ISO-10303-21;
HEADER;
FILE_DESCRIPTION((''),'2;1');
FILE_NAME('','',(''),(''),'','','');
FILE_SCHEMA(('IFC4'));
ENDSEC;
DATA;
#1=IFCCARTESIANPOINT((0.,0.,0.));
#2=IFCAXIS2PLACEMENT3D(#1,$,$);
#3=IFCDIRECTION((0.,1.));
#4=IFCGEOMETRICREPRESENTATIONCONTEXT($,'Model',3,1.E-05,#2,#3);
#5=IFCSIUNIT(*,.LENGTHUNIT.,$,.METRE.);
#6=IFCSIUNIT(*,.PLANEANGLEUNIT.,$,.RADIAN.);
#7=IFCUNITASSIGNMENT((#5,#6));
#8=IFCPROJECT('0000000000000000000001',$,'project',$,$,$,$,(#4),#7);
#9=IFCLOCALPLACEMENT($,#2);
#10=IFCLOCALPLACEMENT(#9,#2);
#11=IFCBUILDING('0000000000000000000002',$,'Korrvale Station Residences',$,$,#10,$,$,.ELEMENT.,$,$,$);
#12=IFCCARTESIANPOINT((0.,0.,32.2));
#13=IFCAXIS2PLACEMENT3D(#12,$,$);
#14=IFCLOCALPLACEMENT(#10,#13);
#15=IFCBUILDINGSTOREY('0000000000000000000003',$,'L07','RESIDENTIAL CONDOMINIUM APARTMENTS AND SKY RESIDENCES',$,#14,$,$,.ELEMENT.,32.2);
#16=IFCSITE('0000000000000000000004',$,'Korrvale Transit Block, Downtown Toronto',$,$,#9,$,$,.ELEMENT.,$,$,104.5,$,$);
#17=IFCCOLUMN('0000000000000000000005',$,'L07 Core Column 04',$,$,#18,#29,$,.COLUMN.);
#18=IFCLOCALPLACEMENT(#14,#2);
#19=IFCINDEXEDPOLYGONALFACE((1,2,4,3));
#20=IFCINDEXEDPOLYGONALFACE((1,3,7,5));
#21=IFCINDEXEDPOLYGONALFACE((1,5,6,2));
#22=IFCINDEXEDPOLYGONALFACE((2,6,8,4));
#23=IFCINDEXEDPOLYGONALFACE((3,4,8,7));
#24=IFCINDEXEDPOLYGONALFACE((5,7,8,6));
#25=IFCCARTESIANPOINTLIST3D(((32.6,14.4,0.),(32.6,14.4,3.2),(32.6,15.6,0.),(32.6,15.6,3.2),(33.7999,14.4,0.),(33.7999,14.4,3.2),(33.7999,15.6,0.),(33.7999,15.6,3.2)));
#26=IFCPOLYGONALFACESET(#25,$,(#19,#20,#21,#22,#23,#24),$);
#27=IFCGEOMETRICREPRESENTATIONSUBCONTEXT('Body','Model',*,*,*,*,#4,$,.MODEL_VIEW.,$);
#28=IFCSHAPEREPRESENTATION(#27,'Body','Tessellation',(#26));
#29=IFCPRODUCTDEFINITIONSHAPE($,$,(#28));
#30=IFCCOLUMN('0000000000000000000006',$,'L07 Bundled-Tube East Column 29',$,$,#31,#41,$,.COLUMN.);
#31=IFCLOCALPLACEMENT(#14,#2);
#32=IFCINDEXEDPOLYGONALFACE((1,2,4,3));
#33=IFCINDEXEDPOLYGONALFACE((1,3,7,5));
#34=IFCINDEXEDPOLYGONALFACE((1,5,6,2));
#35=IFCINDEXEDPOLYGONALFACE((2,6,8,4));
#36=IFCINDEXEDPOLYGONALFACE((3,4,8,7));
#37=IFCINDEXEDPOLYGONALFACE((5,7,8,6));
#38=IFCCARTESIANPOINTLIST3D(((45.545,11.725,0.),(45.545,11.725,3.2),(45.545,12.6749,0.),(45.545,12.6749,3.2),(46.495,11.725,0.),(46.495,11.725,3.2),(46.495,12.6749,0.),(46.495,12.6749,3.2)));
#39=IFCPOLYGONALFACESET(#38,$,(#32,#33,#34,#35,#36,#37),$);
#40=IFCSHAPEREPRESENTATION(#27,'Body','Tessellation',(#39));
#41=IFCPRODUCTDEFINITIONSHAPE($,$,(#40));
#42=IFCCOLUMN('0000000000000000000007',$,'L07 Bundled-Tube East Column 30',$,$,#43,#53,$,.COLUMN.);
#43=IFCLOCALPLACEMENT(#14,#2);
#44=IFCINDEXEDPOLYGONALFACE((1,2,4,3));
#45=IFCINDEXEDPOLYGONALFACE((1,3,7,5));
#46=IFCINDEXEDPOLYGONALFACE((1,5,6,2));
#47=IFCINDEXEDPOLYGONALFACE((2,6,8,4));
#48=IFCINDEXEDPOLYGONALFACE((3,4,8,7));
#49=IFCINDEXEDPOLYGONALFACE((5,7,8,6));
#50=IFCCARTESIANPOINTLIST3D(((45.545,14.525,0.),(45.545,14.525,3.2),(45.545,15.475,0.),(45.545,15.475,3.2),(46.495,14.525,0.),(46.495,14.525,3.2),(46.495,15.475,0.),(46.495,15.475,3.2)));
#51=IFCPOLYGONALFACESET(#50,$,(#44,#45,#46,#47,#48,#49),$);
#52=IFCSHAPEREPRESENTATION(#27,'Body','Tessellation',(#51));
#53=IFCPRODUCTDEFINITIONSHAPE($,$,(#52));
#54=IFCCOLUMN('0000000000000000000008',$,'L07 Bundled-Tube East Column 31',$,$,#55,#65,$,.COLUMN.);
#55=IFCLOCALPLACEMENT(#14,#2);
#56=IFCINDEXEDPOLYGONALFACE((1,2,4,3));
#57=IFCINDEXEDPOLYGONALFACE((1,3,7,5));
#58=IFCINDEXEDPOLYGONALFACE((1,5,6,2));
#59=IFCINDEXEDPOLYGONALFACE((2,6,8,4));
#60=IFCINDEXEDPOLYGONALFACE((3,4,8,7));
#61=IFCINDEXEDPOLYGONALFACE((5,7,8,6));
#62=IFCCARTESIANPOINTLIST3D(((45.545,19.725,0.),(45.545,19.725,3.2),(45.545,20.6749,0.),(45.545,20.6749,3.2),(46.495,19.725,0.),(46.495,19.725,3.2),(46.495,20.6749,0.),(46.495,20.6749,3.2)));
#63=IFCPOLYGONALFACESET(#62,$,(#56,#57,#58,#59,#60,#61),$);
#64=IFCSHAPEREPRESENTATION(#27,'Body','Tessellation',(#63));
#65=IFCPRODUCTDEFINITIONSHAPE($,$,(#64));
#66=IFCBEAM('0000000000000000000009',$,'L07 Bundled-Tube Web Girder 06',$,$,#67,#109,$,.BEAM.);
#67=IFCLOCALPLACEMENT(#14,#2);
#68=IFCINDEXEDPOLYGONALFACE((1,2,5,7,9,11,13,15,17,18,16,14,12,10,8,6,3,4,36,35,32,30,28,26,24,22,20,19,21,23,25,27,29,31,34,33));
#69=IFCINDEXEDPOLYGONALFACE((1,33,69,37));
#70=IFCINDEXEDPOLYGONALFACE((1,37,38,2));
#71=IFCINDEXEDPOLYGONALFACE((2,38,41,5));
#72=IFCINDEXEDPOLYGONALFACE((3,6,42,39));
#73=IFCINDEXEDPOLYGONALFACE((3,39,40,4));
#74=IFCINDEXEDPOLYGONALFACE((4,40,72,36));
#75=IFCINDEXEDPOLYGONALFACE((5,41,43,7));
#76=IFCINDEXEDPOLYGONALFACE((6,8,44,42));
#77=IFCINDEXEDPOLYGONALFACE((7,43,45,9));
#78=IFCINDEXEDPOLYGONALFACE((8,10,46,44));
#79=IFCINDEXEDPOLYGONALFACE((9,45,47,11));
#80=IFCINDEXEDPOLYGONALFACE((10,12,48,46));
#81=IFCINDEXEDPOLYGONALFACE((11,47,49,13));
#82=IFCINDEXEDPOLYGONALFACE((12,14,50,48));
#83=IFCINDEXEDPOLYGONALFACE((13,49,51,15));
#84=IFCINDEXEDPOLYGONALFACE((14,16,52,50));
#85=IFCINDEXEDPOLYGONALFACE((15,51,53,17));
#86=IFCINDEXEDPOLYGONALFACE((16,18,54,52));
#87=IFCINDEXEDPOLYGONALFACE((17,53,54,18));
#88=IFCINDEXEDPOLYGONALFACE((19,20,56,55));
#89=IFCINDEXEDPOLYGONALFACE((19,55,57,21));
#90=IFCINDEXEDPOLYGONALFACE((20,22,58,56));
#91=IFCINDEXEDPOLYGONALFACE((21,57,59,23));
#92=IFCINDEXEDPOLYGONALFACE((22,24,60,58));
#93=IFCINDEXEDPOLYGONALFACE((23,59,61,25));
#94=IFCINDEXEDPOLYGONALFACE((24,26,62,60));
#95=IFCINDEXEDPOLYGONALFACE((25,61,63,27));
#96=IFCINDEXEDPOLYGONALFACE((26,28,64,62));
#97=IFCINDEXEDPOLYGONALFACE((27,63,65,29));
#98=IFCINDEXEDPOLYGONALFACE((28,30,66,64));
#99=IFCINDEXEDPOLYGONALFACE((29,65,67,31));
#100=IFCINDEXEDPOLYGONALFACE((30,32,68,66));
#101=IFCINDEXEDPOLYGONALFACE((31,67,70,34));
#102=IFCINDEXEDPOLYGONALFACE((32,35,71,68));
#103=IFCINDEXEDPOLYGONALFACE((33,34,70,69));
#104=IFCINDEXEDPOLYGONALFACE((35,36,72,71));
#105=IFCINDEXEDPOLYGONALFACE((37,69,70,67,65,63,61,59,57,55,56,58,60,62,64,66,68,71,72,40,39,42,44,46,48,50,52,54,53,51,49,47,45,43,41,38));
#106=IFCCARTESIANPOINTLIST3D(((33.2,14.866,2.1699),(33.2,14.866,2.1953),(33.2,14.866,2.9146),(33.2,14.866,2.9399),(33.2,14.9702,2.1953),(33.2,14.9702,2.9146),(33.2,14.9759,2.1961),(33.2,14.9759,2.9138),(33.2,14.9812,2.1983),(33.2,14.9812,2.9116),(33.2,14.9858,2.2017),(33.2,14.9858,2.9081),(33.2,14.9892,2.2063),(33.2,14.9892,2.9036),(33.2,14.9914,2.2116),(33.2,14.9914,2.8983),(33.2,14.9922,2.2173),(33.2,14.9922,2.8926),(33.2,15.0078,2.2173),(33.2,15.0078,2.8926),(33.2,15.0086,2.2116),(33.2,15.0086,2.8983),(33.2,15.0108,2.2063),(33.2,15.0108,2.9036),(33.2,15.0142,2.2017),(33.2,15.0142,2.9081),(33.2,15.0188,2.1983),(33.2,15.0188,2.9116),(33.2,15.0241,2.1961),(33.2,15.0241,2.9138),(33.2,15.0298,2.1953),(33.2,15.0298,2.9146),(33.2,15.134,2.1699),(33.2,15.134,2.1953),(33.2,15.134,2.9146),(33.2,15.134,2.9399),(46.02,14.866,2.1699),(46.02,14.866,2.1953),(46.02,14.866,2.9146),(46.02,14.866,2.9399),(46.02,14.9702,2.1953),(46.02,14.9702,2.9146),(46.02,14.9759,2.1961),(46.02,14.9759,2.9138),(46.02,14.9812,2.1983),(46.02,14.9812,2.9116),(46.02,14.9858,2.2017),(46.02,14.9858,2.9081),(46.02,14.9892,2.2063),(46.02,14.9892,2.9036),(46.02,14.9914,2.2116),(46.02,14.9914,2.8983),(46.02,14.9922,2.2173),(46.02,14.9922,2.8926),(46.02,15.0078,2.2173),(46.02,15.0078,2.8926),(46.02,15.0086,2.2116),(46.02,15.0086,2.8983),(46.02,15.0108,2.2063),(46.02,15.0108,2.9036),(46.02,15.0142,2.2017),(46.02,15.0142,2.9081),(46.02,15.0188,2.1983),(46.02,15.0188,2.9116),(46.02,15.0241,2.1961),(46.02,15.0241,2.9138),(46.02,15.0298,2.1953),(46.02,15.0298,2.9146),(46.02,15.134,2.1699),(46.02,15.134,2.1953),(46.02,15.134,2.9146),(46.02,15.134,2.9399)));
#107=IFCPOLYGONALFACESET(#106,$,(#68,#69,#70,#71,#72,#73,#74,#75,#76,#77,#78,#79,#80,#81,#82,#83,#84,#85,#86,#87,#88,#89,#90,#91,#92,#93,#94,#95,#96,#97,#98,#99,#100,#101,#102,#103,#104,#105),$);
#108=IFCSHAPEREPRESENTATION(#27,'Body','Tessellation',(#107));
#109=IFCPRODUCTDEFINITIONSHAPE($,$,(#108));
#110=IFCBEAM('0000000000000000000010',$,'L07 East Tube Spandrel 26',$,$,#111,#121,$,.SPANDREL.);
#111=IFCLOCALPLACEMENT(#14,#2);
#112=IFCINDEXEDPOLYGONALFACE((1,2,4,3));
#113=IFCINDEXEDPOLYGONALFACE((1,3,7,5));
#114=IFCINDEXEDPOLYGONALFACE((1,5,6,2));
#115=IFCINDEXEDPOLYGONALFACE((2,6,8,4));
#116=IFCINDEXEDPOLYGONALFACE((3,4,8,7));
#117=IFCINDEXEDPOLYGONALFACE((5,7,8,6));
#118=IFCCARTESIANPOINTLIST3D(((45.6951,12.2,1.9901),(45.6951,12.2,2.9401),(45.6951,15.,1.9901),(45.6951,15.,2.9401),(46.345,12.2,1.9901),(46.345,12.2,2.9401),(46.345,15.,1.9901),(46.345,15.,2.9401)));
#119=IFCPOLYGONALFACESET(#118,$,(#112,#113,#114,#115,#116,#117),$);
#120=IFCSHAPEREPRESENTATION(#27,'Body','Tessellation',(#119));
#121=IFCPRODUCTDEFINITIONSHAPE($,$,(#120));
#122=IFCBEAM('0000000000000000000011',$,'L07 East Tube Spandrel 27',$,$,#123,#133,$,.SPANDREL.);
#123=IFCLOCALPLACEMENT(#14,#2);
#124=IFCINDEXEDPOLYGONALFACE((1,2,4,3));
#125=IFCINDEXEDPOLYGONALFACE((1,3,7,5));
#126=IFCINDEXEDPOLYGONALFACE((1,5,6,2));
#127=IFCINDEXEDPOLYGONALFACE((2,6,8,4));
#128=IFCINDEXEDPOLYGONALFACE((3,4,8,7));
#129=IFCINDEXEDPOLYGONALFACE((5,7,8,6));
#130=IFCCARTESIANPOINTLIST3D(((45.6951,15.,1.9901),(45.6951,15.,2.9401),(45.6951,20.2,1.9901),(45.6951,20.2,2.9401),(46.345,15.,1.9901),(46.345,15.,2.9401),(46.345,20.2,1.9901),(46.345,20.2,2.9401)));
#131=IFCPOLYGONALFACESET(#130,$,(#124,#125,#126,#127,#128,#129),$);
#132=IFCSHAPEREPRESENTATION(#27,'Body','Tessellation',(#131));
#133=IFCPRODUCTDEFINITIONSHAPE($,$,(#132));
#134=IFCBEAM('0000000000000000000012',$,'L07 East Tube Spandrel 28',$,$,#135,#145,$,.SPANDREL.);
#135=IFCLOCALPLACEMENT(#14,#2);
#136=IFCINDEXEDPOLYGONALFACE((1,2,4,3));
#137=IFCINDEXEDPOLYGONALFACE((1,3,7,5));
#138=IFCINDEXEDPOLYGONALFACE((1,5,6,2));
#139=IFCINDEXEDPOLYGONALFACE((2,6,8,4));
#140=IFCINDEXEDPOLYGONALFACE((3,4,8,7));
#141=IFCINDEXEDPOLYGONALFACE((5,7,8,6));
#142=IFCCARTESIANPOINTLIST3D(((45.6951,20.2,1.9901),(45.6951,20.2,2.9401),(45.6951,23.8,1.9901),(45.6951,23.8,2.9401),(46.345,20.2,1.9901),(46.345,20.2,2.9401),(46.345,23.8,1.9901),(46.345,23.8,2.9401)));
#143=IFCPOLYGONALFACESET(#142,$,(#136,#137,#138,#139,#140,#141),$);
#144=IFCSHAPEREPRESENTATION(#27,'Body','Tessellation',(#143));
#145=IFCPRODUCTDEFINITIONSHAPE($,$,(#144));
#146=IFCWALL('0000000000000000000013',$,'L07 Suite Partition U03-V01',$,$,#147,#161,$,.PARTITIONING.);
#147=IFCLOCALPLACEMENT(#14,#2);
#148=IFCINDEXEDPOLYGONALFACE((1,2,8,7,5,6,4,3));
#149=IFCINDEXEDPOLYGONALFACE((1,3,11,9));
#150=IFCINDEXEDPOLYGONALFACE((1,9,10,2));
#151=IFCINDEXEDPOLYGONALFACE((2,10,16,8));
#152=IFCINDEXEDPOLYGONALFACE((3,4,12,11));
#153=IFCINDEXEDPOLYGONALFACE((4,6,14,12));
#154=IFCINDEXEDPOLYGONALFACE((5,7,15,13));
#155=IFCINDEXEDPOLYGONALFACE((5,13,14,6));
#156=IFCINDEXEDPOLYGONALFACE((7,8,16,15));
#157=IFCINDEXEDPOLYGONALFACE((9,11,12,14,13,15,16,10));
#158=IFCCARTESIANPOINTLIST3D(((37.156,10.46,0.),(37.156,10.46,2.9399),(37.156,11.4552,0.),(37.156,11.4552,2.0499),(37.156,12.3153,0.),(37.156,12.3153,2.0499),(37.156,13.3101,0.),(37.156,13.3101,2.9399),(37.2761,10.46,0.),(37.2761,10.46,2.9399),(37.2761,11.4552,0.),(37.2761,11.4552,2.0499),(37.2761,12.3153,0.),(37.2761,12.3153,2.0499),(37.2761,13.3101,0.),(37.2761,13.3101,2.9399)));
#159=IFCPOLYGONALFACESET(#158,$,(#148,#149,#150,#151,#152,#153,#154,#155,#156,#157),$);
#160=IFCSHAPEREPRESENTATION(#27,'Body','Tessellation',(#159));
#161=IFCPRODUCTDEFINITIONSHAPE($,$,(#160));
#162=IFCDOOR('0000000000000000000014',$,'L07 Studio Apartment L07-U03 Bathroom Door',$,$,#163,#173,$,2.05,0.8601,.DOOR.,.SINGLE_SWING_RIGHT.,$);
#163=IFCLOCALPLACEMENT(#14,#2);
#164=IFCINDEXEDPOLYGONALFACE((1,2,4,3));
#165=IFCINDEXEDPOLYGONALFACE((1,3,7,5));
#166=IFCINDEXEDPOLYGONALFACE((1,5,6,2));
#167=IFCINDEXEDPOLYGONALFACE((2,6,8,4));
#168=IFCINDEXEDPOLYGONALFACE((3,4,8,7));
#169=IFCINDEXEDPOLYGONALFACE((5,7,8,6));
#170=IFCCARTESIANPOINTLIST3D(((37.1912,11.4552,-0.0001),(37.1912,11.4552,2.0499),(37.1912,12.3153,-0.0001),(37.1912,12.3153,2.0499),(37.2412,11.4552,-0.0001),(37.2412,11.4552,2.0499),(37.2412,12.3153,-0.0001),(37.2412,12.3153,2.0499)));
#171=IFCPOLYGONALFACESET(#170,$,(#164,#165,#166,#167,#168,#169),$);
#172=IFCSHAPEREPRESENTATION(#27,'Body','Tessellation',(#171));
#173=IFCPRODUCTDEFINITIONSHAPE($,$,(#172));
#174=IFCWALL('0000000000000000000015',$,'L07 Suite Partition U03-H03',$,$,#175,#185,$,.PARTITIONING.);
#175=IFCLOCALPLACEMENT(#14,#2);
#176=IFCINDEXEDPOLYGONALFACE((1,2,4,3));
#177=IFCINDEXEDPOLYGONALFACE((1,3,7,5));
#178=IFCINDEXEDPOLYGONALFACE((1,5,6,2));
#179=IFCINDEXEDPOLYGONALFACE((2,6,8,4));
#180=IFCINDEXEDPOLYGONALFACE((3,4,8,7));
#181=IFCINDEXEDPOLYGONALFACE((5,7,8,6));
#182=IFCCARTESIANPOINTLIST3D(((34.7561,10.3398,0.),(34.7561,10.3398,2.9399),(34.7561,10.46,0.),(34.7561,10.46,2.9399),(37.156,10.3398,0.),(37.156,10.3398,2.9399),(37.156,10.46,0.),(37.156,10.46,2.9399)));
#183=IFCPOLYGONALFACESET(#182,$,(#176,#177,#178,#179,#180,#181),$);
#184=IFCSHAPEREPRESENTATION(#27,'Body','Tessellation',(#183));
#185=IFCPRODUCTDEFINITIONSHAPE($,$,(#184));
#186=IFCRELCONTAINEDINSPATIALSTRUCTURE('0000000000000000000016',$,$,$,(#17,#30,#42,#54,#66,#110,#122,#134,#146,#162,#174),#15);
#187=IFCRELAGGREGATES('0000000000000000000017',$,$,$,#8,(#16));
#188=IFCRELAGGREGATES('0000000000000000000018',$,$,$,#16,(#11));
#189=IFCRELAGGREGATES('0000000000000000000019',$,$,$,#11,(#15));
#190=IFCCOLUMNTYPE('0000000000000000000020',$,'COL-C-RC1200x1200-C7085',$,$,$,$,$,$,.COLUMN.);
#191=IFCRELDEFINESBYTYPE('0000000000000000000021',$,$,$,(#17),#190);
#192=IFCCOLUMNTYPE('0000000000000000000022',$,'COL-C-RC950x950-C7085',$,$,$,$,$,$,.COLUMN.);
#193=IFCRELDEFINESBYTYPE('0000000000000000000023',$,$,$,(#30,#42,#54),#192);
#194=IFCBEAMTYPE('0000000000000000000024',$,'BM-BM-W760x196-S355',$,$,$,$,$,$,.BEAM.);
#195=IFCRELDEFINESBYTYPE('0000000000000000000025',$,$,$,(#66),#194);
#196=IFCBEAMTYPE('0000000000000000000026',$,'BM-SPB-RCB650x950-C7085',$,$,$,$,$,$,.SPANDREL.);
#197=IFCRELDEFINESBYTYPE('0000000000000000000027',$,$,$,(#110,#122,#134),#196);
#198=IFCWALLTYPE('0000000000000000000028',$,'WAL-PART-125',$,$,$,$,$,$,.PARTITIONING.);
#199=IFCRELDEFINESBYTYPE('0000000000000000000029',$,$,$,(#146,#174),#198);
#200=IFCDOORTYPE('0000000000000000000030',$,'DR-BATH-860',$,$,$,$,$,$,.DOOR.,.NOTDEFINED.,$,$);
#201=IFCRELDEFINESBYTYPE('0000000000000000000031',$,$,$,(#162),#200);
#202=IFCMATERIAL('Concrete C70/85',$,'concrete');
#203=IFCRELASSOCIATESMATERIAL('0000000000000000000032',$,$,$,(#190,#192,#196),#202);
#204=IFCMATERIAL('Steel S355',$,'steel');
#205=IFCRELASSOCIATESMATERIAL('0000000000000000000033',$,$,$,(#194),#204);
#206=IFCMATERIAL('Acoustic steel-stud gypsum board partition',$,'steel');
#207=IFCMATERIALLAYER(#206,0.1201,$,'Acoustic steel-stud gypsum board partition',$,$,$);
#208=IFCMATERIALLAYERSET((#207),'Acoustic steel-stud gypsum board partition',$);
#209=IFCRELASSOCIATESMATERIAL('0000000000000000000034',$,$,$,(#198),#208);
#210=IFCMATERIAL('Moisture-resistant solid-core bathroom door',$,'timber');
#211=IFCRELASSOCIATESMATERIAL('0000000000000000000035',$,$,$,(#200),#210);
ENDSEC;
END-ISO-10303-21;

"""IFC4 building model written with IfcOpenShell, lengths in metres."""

from ifc_helpers import new_model, si_unit, direction, frame, frame_2d, origin, origin_2d, place, context, subcontext, project, spatial, rectangle, i_section, extrude, material, layer, layer_set, material_profile, profile_set, type_object, element, fill, save


model = new_model("IFC4")

# Units and contexts
model_context = context("Model", 3, precision=1e-05, world=origin(), true_north=direction((0.0, 1.0)))
body_context = subcontext(model_context, "Body", "Model", "MODEL_VIEW")
ifc_project = project(units=[si_unit("LENGTHUNIT", "METRE"), si_unit("PLANEANGLEUNIT", "RADIAN")], contexts=[model_context])

# Site, building, storey
site_placement = place(None, origin())
site = spatial("IfcSite", under=ifc_project, at=site_placement, Name="Korrvale Transit Block, Downtown Toronto", CompositionType="ELEMENT", RefElevation=104.5)
building_placement = place(site_placement, origin())
building = spatial("IfcBuilding", under=site, at=building_placement, Name="Korrvale Station Residences", CompositionType="ELEMENT")
storey_placement = place(building_placement, frame((0.0, 0.0, 32.2)))
storey = spatial("IfcBuildingStorey", under=building, at=storey_placement, Name="L07", Description="RESIDENTIAL CONDOMINIUM APARTMENTS AND SKY RESIDENCES", CompositionType="ELEMENT", Elevation=32.2)

# Columns
ifc_material_1 = material(Name="Concrete C70/85", Category="concrete")
ifc_material_profile_1 = material_profile(ifc_material_1, rectangle(XDim=1.2, YDim=1.2, at=origin_2d()), Name="RC1200x1200")
ifc_profile_set_1 = profile_set([ifc_material_profile_1], Name="Concrete C70/85")
column_type_1 = type_object("IfcColumnType", Name="COL-C-RC1200x1200-C7085", PredefinedType="COLUMN", material=ifc_profile_set_1)
column_placement = place(storey_placement, frame((33.2, 15.0, 0.0), z_axis=(0.0, 0.0, 1.0), x_axis=(1.0, 0.0, 0.0)))
element("IfcColumn", 1, at=column_placement, inside=storey, type_object=column_type_1, Name="L07 Core Column 04", PredefinedType="COLUMN", context=body_context, shape_type="SweptSolid", body=[
    extrude(rectangle(XDim=1.2, YDim=1.2, at=origin_2d()), origin(), (0.0, 0.0, 1.0), 3.2),
])
ifc_material_profile_2 = material_profile(ifc_material_1, rectangle(XDim=0.95, YDim=0.95, at=origin_2d()), Name="RC950x950")
ifc_profile_set_2 = profile_set([ifc_material_profile_2], Name="Concrete C70/85")
column_type_2 = type_object("IfcColumnType", Name="COL-C-RC950x950-C7085", PredefinedType="COLUMN", material=ifc_profile_set_2)
for number, where, z_axis, x_axis, name in (
    (2, (46.02, 12.2, 0.0), (0.0, 0.0, 1.0), (1.0, 0.0, 0.0), "L07 Bundled-Tube East Column 29"),
    (3, (46.02, 15.0, 0.0), (0.0, 0.0, 1.0), (1.0, 0.0, 0.0), "L07 Bundled-Tube East Column 30"),
    (4, (46.02, 20.2, 0.0), (0.0, 0.0, 1.0), (1.0, 0.0, 0.0), "L07 Bundled-Tube East Column 31"),
):
    element("IfcColumn", number, at=place(storey_placement, frame(where, z_axis=z_axis, x_axis=x_axis)), inside=storey, type_object=column_type_2, Name=name, PredefinedType="COLUMN", context=body_context, shape_type="SweptSolid", body=[
        extrude(rectangle(XDim=0.95, YDim=0.95, at=origin_2d()), origin(), (0.0, 0.0, 1.0), 3.2),
    ])

# Beams
ifc_material_2 = material(Name="Steel S355", Category="steel")
ifc_material_profile_3 = material_profile(ifc_material_2, i_section(OverallWidth=0.2681, OverallDepth=0.77, WebThickness=0.0156, FlangeThickness=0.0254, FilletRadius=0.022, at=origin_2d()), Name="W760x196")
ifc_profile_set_3 = profile_set([ifc_material_profile_3], Name="Steel S355")
beam_type_1 = type_object("IfcBeamType", Name="BM-BM-W760x196-S355", PredefinedType="BEAM", material=ifc_profile_set_3)
beam_1_placement = place(storey_placement, frame((33.2, 15.0, 2.5549), z_axis=(1.0, 0.0, 0.0), x_axis=(0.0, 1.0, 0.0)))
element("IfcBeam", 5, at=beam_1_placement, inside=storey, type_object=beam_type_1, Name="L07 Bundled-Tube Web Girder 06", PredefinedType="BEAM", context=body_context, shape_type="SweptSolid", body=[
    extrude(i_section(OverallWidth=0.2681, OverallDepth=0.77, WebThickness=0.0156, FlangeThickness=0.0254, FilletRadius=0.022, at=origin_2d()), origin(), (0.0, 0.0, 1.0), 12.8201),
])
ifc_material_profile_4 = material_profile(ifc_material_1, rectangle(XDim=0.6499, YDim=0.95, at=origin_2d()), Name="RCB650x950")
ifc_profile_set_4 = profile_set([ifc_material_profile_4], Name="Concrete C70/85")
beam_type_2 = type_object("IfcBeamType", Name="BM-SPB-RCB650x950-C7085", PredefinedType="SPANDREL", material=ifc_profile_set_4)
beam_2_placement = place(storey_placement, frame((46.02, 12.2, 2.4651), z_axis=(0.0, 1.0, 0.0), x_axis=(-1.0, 0.0, 0.0)))
element("IfcBeam", 6, at=beam_2_placement, inside=storey, type_object=beam_type_2, Name="L07 East Tube Spandrel 26", PredefinedType="SPANDREL", context=body_context, shape_type="SweptSolid", body=[
    extrude(rectangle(XDim=0.6499, YDim=0.95, at=origin_2d()), origin(), (0.0, 0.0, 1.0), 2.8),
])
beam_3_placement = place(storey_placement, frame((46.02, 15.0, 2.4651), z_axis=(0.0, 1.0, 0.0), x_axis=(-1.0, 0.0, 0.0)))
element("IfcBeam", 7, at=beam_3_placement, inside=storey, type_object=beam_type_2, Name="L07 East Tube Spandrel 27", PredefinedType="SPANDREL", context=body_context, shape_type="SweptSolid", body=[
    extrude(rectangle(XDim=0.6499, YDim=0.95, at=origin_2d()), origin(), (0.0, 0.0, 1.0), 5.2),
])
beam_4_placement = place(storey_placement, frame((46.02, 20.2, 2.4651), z_axis=(0.0, 1.0, 0.0), x_axis=(-1.0, 0.0, 0.0)))
element("IfcBeam", 8, at=beam_4_placement, inside=storey, type_object=beam_type_2, Name="L07 East Tube Spandrel 28", PredefinedType="SPANDREL", context=body_context, shape_type="SweptSolid", body=[
    extrude(rectangle(XDim=0.6499, YDim=0.95, at=origin_2d()), origin(), (0.0, 0.0, 1.0), 3.6001),
])

# Wall, opening, door
ifc_material_3 = material(Name="Acoustic steel-stud gypsum board partition", Category="steel")
ifc_layer_1 = layer(ifc_material_3, 0.1201, Name="Acoustic steel-stud gypsum board partition")
ifc_layer_set_1 = layer_set([ifc_layer_1], Name="Acoustic steel-stud gypsum board partition")
wall_type_1 = type_object("IfcWallType", Name="WAL-PART-125", PredefinedType="PARTITIONING", material=ifc_layer_set_1)
wall_1_placement = place(storey_placement, frame((37.2161, 10.46, 0.0), z_axis=(0.0, 0.0, 1.0), x_axis=(0.0, 1.0, 0.0)))
wall_1 = element("IfcWall", 9, at=wall_1_placement, inside=storey, type_object=wall_type_1, Name="L07 Suite Partition U03-V01", PredefinedType="PARTITIONING", context=body_context, shape_type="SweptSolid", body=[
    extrude(rectangle(XDim=2.8501, YDim=0.1201, at=frame_2d((1.425, 0.0))), origin(), (0.0, 0.0, 1.0), 2.9399),
])
opening_1_placement = place(wall_1_placement, frame((0.9951, 0.0, 0.0)))
opening_1 = element("IfcOpeningElement", 10, at=opening_1_placement, cuts=wall_1, PredefinedType="OPENING", context=body_context, shape_type="SweptSolid", body=[
    extrude(rectangle(XDim=0.8601, YDim=2.05, at=frame_2d((0.4302, 1.0249))), frame((0.0, 0.0701, 0.0), z_axis=(0.0, -1.0, 0.0), x_axis=(1.0, 0.0, 0.0)), (0.0, 0.0, 1.0), 0.1401),
])
ifc_material_4 = material(Name="Moisture-resistant solid-core bathroom door", Category="timber")
door_type_1 = type_object("IfcDoorType", Name="DR-BATH-860", OperationType="NOTDEFINED", PredefinedType="DOOR", material=ifc_material_4)
door_1_placement = place(opening_1_placement, origin())
door_1 = element("IfcDoor", 11, at=door_1_placement, inside=storey, type_object=door_type_1, Name="L07 Studio Apartment L07-U03 Bathroom Door", OperationType="SINGLE_SWING_RIGHT", OverallHeight=2.05, OverallWidth=0.8601, PredefinedType="DOOR", context=body_context, shape_type="SweptSolid", body=[
    extrude(rectangle(XDim=0.8601, YDim=2.05, at=frame_2d((0.4302, 1.0249))), frame((0.0, 0.0249, 0.0), z_axis=(0.0, -1.0, 0.0), x_axis=(1.0, 0.0, 0.0)), (0.0, 0.0, 1.0), 0.05),
])
fill(opening_1, door_1)

# Wall
wall_2_placement = place(storey_placement, frame((34.7561, 10.3999, 0.0), z_axis=(0.0, 0.0, 1.0), x_axis=(1.0, 0.0, 0.0)))
element("IfcWall", 12, at=wall_2_placement, inside=storey, type_object=wall_type_1, Name="L07 Suite Partition U03-H03", PredefinedType="PARTITIONING", context=body_context, shape_type="SweptSolid", body=[
    extrude(rectangle(XDim=2.3999, YDim=0.1201, at=frame_2d((1.2, 0.0))), origin(), (0.0, 0.0, 1.0), 2.9399),
])

save(model, "model.ifc")
